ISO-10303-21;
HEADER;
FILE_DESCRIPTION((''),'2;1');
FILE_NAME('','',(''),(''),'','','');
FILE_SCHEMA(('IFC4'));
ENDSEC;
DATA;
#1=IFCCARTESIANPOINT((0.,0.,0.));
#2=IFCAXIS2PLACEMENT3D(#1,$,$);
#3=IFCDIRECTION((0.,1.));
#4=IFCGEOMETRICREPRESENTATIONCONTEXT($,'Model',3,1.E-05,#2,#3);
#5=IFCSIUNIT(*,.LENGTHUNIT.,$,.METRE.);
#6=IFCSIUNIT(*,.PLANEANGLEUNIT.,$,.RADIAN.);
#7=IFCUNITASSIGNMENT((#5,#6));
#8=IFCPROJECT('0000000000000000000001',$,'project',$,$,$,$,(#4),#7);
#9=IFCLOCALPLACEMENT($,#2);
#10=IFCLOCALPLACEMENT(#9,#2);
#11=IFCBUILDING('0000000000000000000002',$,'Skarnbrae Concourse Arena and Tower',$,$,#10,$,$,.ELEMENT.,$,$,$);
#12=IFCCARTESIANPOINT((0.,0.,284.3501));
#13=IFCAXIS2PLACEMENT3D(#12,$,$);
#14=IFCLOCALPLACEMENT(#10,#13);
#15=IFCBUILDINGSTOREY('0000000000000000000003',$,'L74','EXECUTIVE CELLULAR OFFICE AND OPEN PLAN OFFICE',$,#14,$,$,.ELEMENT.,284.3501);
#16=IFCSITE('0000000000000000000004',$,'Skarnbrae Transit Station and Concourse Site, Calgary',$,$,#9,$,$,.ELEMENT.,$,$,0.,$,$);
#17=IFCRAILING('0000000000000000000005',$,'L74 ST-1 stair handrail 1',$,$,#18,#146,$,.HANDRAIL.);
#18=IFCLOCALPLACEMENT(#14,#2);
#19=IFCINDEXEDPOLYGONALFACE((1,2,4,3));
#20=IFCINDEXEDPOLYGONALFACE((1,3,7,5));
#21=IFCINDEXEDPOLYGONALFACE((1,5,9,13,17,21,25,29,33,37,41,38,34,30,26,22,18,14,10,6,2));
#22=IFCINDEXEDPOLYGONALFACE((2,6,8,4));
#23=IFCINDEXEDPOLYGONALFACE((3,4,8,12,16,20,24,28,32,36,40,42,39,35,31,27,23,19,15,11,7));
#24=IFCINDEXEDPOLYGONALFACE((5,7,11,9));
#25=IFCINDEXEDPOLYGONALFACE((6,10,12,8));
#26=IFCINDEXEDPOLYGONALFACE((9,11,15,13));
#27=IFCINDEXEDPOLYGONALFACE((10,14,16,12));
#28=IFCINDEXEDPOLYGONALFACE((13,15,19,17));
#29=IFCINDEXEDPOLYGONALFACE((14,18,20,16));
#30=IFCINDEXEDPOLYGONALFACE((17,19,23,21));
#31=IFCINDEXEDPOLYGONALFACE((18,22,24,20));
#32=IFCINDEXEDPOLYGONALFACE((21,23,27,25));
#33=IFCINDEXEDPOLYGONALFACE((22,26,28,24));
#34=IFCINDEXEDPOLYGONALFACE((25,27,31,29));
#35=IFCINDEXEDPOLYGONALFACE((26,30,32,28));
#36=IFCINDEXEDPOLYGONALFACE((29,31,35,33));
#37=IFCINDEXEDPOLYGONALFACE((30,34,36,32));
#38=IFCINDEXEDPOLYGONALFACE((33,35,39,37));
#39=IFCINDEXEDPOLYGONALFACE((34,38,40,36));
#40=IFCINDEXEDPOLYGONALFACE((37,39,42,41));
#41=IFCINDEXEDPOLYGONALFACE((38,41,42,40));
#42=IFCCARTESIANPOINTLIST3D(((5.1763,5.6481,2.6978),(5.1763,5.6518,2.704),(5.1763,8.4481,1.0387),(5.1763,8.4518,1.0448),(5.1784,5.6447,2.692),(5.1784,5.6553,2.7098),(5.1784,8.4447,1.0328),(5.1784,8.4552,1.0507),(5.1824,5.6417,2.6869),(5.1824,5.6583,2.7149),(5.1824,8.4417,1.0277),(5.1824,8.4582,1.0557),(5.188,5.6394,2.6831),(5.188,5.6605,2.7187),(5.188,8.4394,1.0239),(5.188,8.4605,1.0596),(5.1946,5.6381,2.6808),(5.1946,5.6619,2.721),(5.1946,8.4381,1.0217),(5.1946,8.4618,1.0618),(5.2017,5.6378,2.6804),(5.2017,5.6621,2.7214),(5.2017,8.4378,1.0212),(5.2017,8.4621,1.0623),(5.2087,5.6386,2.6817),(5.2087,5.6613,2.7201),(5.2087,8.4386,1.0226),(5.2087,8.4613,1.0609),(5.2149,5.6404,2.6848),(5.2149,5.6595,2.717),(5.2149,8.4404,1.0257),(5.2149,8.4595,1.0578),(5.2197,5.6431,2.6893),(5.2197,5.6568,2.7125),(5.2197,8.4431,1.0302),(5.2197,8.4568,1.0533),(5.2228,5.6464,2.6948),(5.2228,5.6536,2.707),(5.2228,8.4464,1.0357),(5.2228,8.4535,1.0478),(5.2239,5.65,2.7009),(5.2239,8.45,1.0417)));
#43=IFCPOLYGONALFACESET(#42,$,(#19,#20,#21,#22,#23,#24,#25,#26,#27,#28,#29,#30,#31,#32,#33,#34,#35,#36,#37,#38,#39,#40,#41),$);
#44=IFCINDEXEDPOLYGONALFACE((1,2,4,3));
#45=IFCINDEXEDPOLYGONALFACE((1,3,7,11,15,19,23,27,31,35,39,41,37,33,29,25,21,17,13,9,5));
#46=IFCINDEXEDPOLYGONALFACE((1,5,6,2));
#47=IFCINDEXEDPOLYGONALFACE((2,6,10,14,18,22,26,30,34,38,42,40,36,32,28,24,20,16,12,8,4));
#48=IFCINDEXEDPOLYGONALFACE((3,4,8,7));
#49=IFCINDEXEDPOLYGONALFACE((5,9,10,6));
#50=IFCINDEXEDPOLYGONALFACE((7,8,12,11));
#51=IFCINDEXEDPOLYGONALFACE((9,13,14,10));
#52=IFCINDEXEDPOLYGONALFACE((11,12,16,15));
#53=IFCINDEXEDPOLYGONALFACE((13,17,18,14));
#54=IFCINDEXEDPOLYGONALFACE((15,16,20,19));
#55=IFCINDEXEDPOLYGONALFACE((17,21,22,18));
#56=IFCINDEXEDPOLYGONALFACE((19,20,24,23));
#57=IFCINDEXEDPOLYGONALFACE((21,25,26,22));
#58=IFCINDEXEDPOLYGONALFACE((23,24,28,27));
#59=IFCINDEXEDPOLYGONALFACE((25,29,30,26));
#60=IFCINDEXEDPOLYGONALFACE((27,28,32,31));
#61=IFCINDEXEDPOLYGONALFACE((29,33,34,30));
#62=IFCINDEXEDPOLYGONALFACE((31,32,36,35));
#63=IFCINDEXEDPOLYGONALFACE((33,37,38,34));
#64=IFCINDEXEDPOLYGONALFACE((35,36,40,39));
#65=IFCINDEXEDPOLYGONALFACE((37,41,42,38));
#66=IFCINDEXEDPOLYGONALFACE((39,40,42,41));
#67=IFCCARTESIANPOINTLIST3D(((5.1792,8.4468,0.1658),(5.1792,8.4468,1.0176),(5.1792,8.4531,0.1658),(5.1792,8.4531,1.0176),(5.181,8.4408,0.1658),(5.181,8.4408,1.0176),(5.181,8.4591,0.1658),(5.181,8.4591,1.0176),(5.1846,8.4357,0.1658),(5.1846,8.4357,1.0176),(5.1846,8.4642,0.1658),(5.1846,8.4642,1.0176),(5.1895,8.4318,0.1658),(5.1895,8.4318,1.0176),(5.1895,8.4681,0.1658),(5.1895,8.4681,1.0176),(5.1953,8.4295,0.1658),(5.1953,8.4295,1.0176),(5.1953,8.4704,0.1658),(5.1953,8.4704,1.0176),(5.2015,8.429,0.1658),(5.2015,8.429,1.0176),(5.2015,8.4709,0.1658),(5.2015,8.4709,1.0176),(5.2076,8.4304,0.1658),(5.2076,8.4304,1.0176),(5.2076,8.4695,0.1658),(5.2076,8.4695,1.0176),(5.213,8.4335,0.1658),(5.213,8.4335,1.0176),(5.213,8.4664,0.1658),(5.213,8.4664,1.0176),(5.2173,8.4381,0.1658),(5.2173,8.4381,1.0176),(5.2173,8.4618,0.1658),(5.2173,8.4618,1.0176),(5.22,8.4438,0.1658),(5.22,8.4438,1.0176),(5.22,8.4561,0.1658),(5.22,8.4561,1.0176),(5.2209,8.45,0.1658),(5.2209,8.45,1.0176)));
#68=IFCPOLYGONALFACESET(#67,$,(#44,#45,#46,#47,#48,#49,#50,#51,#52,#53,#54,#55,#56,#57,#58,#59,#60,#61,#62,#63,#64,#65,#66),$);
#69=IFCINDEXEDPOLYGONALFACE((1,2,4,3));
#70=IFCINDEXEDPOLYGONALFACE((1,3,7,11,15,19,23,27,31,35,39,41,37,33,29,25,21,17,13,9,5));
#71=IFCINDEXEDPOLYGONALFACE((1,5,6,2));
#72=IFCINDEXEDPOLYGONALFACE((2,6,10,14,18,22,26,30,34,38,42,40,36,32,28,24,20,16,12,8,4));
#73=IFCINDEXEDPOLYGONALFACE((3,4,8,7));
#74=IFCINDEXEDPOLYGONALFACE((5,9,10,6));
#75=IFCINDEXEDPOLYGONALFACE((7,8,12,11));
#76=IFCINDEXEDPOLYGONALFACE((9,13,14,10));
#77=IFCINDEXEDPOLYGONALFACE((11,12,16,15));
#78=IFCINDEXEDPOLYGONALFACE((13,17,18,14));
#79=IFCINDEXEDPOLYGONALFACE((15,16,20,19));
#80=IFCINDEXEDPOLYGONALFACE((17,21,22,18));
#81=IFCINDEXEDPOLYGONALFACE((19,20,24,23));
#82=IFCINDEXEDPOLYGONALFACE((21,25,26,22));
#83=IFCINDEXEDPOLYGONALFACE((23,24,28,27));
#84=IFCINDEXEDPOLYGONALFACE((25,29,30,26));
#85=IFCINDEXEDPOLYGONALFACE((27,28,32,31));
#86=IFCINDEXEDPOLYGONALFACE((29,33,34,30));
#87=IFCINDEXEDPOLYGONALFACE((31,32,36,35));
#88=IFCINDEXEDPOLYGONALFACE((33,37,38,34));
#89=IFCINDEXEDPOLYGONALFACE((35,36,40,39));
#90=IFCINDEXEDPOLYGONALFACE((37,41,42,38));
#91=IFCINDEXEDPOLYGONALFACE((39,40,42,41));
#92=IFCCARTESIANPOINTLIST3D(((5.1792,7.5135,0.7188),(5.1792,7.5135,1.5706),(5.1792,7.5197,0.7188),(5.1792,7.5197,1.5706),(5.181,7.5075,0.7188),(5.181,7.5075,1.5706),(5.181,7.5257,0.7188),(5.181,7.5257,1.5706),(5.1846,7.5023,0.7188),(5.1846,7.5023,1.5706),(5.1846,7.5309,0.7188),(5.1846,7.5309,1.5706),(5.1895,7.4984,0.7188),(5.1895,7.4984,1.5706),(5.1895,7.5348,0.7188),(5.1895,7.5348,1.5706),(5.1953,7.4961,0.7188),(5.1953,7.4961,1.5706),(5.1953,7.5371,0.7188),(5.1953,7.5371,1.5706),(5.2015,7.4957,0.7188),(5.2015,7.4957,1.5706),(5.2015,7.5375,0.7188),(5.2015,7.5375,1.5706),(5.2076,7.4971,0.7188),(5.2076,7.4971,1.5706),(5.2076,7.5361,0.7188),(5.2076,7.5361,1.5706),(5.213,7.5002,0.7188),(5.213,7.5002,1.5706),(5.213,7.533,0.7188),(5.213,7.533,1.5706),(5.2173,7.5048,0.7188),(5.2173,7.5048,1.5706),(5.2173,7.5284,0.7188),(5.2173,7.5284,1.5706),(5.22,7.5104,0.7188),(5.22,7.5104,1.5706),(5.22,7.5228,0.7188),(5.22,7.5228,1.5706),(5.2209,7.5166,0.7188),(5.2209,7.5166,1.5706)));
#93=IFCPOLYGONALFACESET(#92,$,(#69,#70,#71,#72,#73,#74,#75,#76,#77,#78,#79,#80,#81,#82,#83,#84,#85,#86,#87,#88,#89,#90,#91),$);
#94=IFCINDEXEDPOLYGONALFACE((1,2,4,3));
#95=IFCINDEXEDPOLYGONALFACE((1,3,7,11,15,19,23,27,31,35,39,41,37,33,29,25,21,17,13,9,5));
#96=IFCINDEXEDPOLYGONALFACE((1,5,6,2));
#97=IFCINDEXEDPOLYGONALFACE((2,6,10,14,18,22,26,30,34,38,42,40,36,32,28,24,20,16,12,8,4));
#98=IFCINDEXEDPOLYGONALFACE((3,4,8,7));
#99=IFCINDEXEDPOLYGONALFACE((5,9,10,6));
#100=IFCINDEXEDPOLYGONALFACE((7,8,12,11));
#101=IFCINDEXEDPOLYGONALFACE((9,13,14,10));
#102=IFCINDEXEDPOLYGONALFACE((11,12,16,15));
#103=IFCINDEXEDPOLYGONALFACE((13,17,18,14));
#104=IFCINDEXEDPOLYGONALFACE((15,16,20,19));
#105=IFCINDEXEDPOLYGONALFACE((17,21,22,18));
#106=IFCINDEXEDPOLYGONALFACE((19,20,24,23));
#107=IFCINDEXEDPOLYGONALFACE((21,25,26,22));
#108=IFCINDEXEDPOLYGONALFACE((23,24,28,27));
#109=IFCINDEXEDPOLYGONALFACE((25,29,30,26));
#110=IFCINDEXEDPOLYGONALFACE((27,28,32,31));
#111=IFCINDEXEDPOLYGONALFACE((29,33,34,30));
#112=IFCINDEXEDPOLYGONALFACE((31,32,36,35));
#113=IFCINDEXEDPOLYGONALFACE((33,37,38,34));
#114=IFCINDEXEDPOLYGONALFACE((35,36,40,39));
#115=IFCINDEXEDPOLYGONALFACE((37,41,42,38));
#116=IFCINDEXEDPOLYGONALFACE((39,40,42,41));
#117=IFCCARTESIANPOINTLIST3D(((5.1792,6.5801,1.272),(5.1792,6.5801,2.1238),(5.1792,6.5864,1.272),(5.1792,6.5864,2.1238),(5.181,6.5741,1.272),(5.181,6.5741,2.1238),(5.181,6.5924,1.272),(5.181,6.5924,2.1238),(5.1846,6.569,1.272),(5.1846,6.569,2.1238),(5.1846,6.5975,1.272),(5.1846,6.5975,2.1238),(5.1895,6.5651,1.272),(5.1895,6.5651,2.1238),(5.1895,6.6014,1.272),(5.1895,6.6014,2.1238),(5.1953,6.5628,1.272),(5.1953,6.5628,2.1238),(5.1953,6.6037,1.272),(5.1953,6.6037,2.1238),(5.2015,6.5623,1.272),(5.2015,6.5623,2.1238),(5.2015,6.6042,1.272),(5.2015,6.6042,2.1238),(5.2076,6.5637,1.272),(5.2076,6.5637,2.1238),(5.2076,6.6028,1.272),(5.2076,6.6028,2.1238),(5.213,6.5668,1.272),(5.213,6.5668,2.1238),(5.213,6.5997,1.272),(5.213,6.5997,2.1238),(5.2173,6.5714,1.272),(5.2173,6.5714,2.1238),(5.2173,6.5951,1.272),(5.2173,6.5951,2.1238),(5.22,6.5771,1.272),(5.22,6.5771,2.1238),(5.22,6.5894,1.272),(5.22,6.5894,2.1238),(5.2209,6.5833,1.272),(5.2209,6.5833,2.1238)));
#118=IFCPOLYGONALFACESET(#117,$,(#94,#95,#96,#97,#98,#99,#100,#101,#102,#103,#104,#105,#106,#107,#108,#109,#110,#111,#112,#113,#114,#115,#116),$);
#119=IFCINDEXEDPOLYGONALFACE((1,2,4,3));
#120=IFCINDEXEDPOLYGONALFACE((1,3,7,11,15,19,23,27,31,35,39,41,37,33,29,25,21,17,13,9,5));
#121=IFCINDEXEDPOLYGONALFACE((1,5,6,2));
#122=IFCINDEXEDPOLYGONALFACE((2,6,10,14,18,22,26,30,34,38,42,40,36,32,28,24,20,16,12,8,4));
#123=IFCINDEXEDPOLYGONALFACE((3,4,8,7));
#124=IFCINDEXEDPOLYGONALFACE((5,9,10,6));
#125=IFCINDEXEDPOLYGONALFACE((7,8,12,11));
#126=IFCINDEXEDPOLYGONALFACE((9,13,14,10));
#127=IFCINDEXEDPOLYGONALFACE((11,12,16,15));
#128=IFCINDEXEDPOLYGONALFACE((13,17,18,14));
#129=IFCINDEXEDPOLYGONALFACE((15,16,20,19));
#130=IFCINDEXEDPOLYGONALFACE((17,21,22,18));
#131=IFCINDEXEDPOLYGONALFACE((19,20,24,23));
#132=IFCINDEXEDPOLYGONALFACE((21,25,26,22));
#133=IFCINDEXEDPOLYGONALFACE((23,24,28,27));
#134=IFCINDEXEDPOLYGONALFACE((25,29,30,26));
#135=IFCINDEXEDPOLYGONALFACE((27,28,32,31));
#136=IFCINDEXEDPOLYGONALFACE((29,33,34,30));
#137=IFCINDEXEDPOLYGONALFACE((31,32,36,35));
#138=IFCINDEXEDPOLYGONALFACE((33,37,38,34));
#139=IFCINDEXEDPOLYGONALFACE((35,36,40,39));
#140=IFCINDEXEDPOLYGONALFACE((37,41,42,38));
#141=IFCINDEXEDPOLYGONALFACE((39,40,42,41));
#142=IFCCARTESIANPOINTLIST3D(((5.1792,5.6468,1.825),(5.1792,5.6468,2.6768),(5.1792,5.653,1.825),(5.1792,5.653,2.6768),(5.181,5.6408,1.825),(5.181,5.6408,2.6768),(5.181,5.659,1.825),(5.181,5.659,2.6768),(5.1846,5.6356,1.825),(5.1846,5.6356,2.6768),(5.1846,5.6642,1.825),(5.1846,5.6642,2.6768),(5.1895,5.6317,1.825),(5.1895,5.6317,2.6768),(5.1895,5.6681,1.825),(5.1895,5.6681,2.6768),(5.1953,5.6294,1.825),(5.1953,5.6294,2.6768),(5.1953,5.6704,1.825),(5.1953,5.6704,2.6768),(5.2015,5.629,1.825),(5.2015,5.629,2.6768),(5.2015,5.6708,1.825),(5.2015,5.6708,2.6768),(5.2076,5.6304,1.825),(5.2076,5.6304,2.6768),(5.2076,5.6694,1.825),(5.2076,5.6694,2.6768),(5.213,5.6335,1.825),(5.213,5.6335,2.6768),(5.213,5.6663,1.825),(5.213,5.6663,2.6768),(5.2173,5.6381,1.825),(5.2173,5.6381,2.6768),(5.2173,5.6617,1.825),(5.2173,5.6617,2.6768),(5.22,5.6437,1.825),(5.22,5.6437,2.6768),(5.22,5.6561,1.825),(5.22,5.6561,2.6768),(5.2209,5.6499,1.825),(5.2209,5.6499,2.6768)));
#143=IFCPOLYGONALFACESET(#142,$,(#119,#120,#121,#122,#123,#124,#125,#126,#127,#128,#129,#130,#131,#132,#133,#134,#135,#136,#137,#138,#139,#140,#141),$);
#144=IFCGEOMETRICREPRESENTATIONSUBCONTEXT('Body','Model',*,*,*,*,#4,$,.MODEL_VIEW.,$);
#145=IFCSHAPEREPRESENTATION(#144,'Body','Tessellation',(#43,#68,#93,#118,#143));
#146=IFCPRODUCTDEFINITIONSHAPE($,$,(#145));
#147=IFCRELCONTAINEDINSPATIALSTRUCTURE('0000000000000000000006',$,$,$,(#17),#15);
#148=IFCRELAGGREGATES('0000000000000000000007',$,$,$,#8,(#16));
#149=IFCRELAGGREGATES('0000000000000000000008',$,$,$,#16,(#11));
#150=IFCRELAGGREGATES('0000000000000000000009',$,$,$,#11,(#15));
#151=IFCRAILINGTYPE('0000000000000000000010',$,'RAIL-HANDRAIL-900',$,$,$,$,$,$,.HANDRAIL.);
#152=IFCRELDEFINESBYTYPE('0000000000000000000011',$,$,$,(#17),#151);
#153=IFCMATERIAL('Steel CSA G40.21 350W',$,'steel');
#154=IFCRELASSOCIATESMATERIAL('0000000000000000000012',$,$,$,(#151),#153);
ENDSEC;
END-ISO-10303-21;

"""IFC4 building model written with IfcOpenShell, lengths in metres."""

from ifc_helpers import new_model, si_unit, direction, frame, origin, origin_2d, place, context, subcontext, project, spatial, circle, extrude, material, type_object, element, save


model = new_model("IFC4")

# Units and contexts
model_context = context("Model", 3, precision=1e-05, world=origin(), true_north=direction((0.0, 1.0)))
body_context = subcontext(model_context, "Body", "Model", "MODEL_VIEW")
ifc_project = project(units=[si_unit("LENGTHUNIT", "METRE"), si_unit("PLANEANGLEUNIT", "RADIAN")], contexts=[model_context])

# Site, building, storey
site_placement = place(None, origin())
site = spatial("IfcSite", under=ifc_project, at=site_placement, Name="Skarnbrae Transit Station and Concourse Site, Calgary", CompositionType="ELEMENT", RefElevation=0.0)
building_placement = place(site_placement, origin())
building = spatial("IfcBuilding", under=site, at=building_placement, Name="Skarnbrae Concourse Arena and Tower", CompositionType="ELEMENT")
storey_placement = place(building_placement, frame((0.0, 0.0, 284.3501)))
storey = spatial("IfcBuildingStorey", under=building, at=storey_placement, Name="L74", Description="EXECUTIVE CELLULAR OFFICE AND OPEN PLAN OFFICE", CompositionType="ELEMENT", Elevation=284.3501)

# Railing
ifc_material_1 = material(Name="Steel CSA G40.21 350W", Category="steel")
railing_type_1 = type_object("IfcRailingType", Name="RAIL-HANDRAIL-900", PredefinedType="HANDRAIL", material=ifc_material_1)
railing_1_placement = place(storey_placement, frame((5.2, 8.45, 0.1658)))
element("IfcRailing", 1, at=railing_1_placement, inside=storey, type_object=railing_type_1, Name="L74 ST-1 stair handrail 1", PredefinedType="HANDRAIL", context=body_context, shape_type="SweptSolid", body=[
    extrude(circle(Radius=0.0239, at=origin_2d()), frame((0.0, 0.0, 0.876), z_axis=(0.0, -0.860306, 0.509778), x_axis=(1.0, 0.0, 0.0)), (0.0, 0.0, 1.0), 3.2546),
    extrude(circle(Radius=0.021, at=origin_2d()), origin(), (0.0, 0.0, 1.0), 0.8518),
    extrude(circle(Radius=0.021, at=origin_2d()), frame((0.0, -0.9333, 0.553)), (0.0, 0.0, 1.0), 0.8518),
    extrude(circle(Radius=0.021, at=origin_2d()), frame((0.0, -1.8667, 1.1062)), (0.0, 0.0, 1.0), 0.8518),
    extrude(circle(Radius=0.021, at=origin_2d()), frame((0.0, -2.8, 1.6592)), (0.0, 0.0, 1.0), 0.8518),
])

save(model, "model.ifc")
